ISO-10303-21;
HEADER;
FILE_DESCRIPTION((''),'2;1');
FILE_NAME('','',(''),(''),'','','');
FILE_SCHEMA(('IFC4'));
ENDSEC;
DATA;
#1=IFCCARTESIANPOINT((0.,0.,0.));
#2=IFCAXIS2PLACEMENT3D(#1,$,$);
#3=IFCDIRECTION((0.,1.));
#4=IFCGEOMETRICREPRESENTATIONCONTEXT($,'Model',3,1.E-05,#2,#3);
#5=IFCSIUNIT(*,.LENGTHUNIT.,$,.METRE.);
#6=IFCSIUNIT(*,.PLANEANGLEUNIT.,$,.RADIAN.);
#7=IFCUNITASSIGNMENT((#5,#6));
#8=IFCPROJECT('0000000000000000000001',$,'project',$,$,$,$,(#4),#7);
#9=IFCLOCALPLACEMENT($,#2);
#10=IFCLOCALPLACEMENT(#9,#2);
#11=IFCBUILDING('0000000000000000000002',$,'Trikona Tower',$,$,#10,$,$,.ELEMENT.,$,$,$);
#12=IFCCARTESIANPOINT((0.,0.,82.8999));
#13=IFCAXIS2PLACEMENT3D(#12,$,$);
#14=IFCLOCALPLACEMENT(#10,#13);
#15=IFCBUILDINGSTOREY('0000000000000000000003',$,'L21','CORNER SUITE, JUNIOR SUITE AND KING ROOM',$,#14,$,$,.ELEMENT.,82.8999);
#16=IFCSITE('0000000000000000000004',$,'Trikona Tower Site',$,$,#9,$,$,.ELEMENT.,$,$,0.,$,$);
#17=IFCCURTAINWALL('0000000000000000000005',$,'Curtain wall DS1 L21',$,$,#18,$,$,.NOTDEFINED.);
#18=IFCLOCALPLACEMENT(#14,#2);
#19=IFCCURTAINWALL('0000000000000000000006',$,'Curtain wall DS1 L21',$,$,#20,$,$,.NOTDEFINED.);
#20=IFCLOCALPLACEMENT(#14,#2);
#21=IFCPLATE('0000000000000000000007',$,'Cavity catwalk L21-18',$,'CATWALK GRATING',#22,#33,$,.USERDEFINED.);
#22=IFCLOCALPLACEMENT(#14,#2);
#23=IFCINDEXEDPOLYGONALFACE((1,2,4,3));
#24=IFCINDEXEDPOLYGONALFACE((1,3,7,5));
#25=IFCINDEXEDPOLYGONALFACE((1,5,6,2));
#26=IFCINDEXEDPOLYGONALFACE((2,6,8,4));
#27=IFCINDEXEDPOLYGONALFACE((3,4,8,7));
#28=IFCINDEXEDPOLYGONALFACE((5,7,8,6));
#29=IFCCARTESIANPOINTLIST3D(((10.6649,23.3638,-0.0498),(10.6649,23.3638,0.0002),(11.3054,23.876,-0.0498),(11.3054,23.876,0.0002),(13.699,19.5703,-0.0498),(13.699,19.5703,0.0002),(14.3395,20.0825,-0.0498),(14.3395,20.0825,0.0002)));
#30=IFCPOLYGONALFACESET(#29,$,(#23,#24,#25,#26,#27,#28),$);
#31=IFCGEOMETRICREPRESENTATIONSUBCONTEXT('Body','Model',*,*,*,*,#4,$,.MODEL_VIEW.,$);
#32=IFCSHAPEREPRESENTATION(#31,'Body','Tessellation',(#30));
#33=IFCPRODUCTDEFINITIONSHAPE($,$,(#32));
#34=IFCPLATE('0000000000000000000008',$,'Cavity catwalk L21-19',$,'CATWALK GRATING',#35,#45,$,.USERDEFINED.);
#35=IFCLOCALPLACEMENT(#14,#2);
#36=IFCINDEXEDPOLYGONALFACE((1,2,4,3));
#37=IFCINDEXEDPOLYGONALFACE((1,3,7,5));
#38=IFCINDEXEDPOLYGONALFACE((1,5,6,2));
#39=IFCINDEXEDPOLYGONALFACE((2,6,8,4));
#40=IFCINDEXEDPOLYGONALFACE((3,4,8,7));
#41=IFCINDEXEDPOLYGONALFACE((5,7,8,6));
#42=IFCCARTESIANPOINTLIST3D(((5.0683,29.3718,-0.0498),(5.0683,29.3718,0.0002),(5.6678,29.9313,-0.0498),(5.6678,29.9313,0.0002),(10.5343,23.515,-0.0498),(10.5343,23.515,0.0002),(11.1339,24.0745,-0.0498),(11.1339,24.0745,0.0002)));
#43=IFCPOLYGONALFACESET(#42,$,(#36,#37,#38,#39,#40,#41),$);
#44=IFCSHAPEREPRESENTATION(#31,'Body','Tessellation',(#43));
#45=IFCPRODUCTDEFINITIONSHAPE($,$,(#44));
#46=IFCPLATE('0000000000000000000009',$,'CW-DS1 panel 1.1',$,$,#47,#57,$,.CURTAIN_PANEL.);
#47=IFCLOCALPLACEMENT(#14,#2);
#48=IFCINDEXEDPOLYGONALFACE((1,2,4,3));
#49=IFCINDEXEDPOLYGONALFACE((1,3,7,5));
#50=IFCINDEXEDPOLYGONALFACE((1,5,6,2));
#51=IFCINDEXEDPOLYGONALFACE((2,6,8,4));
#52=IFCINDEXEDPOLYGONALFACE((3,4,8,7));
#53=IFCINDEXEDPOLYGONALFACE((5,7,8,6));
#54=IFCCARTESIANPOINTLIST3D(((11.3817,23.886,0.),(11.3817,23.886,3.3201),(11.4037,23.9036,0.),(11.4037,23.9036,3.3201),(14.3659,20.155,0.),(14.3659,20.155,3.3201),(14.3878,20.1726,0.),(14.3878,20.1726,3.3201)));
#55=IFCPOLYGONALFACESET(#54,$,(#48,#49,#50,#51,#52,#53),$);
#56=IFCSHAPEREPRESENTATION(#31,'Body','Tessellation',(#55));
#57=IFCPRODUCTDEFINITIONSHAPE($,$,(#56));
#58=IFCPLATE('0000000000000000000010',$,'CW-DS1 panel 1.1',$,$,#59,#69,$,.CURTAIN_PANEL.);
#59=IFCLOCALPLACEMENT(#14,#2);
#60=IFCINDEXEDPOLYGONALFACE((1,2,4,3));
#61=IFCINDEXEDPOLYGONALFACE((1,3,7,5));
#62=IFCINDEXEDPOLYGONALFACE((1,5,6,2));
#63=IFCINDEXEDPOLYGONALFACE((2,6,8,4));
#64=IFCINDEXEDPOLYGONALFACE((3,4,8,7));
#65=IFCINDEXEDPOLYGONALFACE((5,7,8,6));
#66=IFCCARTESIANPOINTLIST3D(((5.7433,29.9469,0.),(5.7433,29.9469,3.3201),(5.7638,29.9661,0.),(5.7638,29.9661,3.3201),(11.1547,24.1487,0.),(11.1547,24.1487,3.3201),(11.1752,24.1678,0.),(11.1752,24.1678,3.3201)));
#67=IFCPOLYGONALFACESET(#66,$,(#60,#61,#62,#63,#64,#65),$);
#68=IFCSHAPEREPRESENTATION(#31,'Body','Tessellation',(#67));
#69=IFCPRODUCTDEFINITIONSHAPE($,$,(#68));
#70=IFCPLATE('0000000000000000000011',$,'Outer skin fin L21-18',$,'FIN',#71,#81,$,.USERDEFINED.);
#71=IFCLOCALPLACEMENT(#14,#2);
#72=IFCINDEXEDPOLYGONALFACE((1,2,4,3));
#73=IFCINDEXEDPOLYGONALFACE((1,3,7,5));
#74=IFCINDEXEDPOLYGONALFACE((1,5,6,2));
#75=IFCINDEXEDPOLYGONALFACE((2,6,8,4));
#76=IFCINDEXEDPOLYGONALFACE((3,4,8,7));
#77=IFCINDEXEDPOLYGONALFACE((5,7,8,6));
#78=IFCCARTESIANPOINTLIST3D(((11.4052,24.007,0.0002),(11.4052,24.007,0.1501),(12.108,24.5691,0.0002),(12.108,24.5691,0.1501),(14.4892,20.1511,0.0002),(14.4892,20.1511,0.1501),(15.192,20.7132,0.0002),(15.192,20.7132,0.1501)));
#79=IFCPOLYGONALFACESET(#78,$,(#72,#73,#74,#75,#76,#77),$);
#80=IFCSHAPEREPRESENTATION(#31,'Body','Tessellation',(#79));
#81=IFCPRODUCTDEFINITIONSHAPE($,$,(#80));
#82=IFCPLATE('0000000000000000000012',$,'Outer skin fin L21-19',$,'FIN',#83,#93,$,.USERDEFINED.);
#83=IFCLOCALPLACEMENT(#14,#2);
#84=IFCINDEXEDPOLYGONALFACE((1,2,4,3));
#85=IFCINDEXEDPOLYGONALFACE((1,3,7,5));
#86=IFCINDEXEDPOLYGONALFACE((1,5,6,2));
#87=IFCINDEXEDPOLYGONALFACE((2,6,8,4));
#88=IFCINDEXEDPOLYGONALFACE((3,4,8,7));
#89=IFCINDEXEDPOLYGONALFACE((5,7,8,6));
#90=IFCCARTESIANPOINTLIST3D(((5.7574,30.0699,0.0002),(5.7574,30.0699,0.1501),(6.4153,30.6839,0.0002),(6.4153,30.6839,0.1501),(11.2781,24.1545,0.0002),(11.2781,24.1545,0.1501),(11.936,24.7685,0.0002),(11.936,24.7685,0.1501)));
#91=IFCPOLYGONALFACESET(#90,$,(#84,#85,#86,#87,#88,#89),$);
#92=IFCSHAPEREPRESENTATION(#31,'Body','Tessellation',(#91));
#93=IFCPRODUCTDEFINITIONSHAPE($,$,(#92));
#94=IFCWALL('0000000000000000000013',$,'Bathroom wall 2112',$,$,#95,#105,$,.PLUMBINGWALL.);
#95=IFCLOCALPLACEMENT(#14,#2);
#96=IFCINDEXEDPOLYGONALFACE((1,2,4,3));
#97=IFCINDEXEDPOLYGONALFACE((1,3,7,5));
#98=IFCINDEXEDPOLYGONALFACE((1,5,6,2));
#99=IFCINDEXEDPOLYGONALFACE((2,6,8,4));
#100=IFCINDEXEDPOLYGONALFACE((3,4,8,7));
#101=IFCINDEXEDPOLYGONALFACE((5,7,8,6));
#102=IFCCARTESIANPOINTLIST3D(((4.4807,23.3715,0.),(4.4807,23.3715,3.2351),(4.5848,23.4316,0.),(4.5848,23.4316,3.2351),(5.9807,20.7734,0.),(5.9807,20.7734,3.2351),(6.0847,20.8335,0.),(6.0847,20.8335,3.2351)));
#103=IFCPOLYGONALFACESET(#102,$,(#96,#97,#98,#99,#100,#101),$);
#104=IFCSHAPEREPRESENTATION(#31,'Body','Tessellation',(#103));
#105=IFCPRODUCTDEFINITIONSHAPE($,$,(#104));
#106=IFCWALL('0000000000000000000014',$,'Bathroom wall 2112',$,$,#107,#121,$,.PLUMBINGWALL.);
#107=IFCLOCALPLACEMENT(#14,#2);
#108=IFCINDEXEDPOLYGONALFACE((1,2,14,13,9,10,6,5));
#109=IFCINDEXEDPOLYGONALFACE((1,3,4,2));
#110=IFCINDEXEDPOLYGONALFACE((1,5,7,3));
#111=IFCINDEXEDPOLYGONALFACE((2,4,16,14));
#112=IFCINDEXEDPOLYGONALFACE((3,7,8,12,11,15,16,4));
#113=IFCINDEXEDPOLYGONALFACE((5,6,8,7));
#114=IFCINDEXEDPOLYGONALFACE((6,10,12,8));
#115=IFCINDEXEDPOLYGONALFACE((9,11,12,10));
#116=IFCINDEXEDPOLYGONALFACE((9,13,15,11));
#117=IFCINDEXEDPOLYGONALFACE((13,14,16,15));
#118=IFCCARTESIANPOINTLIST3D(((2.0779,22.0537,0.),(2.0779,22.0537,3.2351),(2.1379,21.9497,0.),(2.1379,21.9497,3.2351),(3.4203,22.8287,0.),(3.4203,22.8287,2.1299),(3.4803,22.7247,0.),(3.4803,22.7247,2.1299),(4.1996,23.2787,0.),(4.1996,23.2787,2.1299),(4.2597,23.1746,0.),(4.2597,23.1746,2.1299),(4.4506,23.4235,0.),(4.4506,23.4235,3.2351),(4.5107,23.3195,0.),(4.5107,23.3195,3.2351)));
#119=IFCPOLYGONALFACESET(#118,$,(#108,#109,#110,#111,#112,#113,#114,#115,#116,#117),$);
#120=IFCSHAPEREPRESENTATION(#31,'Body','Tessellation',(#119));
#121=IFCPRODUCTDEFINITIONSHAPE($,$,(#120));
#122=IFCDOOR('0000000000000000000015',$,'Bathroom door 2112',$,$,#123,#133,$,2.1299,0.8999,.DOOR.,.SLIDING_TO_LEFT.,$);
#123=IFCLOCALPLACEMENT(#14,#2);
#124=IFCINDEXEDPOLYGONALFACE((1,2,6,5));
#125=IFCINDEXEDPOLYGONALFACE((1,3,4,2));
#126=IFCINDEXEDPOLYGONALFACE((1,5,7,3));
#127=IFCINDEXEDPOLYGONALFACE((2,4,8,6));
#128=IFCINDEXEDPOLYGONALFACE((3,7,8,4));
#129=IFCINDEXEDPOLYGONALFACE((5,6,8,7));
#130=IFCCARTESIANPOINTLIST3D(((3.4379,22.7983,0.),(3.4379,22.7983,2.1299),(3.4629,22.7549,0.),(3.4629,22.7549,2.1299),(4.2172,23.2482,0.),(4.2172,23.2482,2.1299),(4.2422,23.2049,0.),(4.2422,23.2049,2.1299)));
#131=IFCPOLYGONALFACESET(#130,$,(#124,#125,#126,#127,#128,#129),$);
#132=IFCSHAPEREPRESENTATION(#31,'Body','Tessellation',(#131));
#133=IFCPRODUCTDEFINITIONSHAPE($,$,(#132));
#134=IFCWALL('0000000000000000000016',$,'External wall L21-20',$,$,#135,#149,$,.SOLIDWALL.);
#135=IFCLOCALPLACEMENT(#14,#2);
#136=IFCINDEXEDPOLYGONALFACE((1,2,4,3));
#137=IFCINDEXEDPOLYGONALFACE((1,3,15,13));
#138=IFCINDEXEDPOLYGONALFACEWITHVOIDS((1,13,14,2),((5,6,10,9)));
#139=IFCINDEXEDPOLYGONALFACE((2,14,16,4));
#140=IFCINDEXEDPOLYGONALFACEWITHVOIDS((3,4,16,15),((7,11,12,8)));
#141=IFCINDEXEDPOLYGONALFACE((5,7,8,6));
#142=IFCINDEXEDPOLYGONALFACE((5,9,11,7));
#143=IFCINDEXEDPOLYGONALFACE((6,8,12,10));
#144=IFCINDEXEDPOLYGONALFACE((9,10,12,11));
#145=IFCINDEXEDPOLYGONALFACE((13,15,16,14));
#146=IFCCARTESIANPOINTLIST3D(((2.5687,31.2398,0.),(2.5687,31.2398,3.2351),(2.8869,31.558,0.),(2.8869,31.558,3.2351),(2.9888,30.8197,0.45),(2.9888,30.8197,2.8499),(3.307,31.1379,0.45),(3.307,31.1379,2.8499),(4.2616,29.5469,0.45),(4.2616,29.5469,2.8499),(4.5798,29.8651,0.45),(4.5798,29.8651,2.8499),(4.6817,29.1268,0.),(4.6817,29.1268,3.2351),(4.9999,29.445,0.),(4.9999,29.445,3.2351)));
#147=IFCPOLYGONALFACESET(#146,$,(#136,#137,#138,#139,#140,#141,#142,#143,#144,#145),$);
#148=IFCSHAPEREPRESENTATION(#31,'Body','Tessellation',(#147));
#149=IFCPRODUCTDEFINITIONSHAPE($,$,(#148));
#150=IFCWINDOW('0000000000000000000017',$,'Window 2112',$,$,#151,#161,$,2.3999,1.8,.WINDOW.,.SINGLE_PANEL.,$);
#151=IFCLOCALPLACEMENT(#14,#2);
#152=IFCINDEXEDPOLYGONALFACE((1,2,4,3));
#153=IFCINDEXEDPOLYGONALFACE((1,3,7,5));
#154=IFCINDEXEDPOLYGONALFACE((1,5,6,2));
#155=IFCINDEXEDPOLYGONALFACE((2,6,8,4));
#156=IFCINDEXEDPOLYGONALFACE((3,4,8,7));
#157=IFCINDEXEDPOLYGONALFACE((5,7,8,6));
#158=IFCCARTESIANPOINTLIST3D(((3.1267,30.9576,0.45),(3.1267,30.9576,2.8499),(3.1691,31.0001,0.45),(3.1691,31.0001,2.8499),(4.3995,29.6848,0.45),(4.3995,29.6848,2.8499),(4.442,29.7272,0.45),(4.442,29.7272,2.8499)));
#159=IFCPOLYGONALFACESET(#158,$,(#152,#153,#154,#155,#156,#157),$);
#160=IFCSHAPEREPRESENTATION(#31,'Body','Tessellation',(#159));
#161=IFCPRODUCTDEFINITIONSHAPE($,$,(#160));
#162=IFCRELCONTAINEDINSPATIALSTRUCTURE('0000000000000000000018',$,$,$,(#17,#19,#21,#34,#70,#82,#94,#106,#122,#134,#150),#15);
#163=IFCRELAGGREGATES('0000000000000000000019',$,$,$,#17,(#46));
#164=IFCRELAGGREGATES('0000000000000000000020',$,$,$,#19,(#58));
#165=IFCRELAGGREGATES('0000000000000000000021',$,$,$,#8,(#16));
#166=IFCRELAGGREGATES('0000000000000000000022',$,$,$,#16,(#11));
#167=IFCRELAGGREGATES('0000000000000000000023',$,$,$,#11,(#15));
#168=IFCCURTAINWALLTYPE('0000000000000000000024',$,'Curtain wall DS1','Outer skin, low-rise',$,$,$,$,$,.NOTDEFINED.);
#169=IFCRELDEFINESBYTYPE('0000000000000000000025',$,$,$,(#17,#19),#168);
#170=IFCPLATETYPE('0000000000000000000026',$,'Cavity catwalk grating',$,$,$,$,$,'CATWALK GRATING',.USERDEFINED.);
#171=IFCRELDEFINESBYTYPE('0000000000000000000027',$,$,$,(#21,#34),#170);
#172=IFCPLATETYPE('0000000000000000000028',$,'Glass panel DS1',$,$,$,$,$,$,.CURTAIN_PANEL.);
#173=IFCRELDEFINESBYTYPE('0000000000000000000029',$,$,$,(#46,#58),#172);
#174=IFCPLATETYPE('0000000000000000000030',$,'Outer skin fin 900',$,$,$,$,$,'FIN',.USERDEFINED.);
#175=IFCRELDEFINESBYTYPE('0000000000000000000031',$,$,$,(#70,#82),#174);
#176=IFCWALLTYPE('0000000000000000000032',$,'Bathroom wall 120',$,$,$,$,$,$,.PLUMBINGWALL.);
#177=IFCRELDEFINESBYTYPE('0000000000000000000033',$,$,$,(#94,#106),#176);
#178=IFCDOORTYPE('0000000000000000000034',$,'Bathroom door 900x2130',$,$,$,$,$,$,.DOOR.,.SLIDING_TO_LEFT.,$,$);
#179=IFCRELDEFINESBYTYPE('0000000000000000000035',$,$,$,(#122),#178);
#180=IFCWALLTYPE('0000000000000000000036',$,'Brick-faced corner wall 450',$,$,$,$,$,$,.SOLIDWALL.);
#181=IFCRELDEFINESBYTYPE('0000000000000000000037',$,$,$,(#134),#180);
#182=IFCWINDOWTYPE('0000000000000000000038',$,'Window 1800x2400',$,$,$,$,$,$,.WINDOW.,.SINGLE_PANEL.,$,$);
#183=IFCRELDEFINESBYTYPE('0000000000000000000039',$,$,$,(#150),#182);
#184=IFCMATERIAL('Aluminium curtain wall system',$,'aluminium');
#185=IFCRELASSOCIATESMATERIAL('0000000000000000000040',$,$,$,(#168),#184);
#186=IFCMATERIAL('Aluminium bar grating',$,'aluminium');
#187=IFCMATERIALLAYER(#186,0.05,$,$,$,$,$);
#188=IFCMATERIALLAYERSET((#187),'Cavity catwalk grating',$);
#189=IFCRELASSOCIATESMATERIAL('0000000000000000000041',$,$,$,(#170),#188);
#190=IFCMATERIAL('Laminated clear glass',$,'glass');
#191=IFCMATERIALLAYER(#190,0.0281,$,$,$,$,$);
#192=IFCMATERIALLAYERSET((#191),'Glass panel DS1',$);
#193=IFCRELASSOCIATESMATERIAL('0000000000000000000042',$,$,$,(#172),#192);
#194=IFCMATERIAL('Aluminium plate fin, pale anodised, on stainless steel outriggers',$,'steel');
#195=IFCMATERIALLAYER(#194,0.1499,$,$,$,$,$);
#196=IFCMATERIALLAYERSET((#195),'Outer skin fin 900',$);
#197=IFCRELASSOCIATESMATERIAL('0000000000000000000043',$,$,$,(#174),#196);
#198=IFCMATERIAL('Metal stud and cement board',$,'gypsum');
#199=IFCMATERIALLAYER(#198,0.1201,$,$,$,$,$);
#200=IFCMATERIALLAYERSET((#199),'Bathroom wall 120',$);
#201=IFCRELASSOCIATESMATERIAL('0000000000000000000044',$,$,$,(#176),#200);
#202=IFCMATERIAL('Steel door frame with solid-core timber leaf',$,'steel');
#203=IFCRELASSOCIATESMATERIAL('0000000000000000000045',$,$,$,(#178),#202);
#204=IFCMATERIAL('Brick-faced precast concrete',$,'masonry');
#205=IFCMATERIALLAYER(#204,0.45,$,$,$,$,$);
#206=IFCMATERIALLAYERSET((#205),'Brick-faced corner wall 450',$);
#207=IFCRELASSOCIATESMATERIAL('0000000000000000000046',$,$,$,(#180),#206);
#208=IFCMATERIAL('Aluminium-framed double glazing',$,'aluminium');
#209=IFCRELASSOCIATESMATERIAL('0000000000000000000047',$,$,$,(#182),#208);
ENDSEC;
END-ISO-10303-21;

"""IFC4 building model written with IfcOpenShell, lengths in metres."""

from ifc_helpers import new_model, si_unit, direction, frame, frame_2d, origin, origin_2d, place, context, subcontext, project, spatial, rectangle, extrude, material, layer, layer_set, type_object, element, fill, aggregate, save


model = new_model("IFC4")

# Units and contexts
model_context = context("Model", 3, precision=1e-05, world=origin(), true_north=direction((0.0, 1.0)))
body_context = subcontext(model_context, "Body", "Model", "MODEL_VIEW")
ifc_project = project(units=[si_unit("LENGTHUNIT", "METRE"), si_unit("PLANEANGLEUNIT", "RADIAN")], contexts=[model_context])

# Site, building, storey
site_placement = place(None, origin())
site = spatial("IfcSite", under=ifc_project, at=site_placement, Name="Trikona Tower Site", CompositionType="ELEMENT", RefElevation=0.0)
building_placement = place(site_placement, origin())
building = spatial("IfcBuilding", under=site, at=building_placement, Name="Trikona Tower", CompositionType="ELEMENT")
storey_placement = place(building_placement, frame((0.0, 0.0, 82.8999)))
storey = spatial("IfcBuildingStorey", under=building, at=storey_placement, Name="L21", Description="CORNER SUITE, JUNIOR SUITE AND KING ROOM", CompositionType="ELEMENT", Elevation=82.8999)

# Curtain wall
ifc_material_1 = material(Name="Aluminium curtain wall system", Category="aluminium")
curtain_wall_type = type_object("IfcCurtainWallType", Name="Curtain wall DS1", Description="Outer skin, low-rise", PredefinedType="NOTDEFINED", material=ifc_material_1)
curtain_wall_1_placement = place(storey_placement, origin())
curtain_wall_1 = element("IfcCurtainWall", 1, at=curtain_wall_1_placement, inside=storey, type_object=curtain_wall_type, Name="Curtain wall DS1 L21", PredefinedType="NOTDEFINED")

# Curtain wall
curtain_wall_2_placement = place(storey_placement, origin())
curtain_wall_2 = element("IfcCurtainWall", 2, at=curtain_wall_2_placement, inside=storey, type_object=curtain_wall_type, Name="Curtain wall DS1 L21", PredefinedType="NOTDEFINED")

# Plates
ifc_material_2 = material(Name="Aluminium bar grating", Category="aluminium")
ifc_layer_1 = layer(ifc_material_2, 0.05)
ifc_layer_set_1 = layer_set([ifc_layer_1], Name="Cavity catwalk grating")
plate_type_1 = type_object("IfcPlateType", Name="Cavity catwalk grating", ElementType="CATWALK GRATING", PredefinedType="USERDEFINED", material=ifc_layer_set_1)
plate_1_placement = place(storey_placement, frame((12.5022, 21.7231, -0.0498), z_axis=(0.0, 0.0, 1.0), x_axis=(-0.624604, 0.780942, 0.0)))
element("IfcPlate", 3, at=plate_1_placement, inside=storey, type_object=plate_type_1, Name="Cavity catwalk L21-18", ObjectType="CATWALK GRATING", PredefinedType="USERDEFINED", context=body_context, shape_type="SweptSolid", body=[
    extrude(rectangle(XDim=4.8577, YDim=0.8201, at=origin_2d()), origin(), (0.0, 0.0, 1.0), 0.05),
])
plate_2_placement = place(storey_placement, frame((8.1011, 26.7231, -0.0498), z_axis=(0.0, 0.0, 1.0), x_axis=(-0.682298, 0.731074, 0.0)))
element("IfcPlate", 4, at=plate_2_placement, inside=storey, type_object=plate_type_1, Name="Cavity catwalk L21-19", ObjectType="CATWALK GRATING", PredefinedType="USERDEFINED", context=body_context, shape_type="SweptSolid", body=[
    extrude(rectangle(XDim=8.0112, YDim=0.8201, at=origin_2d()), origin(), (0.0, 0.0, 1.0), 0.05),
])

# Plates
ifc_material_3 = material(Name="Laminated clear glass", Category="glass")
ifc_layer_2 = layer(ifc_material_3, 0.0281)
ifc_layer_set_2 = layer_set([ifc_layer_2], Name="Glass panel DS1")
plate_type_2 = type_object("IfcPlateType", Name="Glass panel DS1", PredefinedType="CURTAIN_PANEL", material=ifc_layer_set_2)
plate_3_placement = place(storey_placement, frame((12.8848, 22.0293, 0.0), z_axis=(0.0, 0.0, 1.0), x_axis=(-0.624609, 0.780938, 0.0)))
plate_3 = element("IfcPlate", 5, at=plate_3_placement, type_object=plate_type_2, Name="CW-DS1 panel 1.1", PredefinedType="CURTAIN_PANEL", context=body_context, shape_type="SweptSolid", body=[
    extrude(rectangle(XDim=4.7776, YDim=0.0281, at=origin_2d()), origin(), (0.0, 0.0, 1.0), 3.3201),
])
aggregate(curtain_wall_1, [plate_3])
plate_4_placement = place(storey_placement, frame((8.4592, 27.0574, 0.0), z_axis=(0.0, 0.0, 1.0), x_axis=(-0.682295, 0.731077, 0.0)))
plate_4 = element("IfcPlate", 6, at=plate_4_placement, type_object=plate_type_2, Name="CW-DS1 panel 1.1", PredefinedType="CURTAIN_PANEL", context=body_context, shape_type="SweptSolid", body=[
    extrude(rectangle(XDim=7.9312, YDim=0.0281, at=origin_2d()), origin(), (0.0, 0.0, 1.0), 3.3201),
])
aggregate(curtain_wall_2, [plate_4])

# Plates
ifc_material_4 = material(Name="Aluminium plate fin, pale anodised, on stainless steel outriggers", Category="steel")
ifc_layer_3 = layer(ifc_material_4, 0.1499)
ifc_layer_set_3 = layer_set([ifc_layer_3], Name="Outer skin fin 900")
plate_type_3 = type_object("IfcPlateType", Name="Outer skin fin 900", ElementType="FIN", PredefinedType="USERDEFINED", material=ifc_layer_set_3)
plate_5_placement = place(storey_placement, frame((13.2986, 22.3601, 0.0002), z_axis=(0.0, 0.0, 1.0), x_axis=(-0.624604, 0.780942, 0.0)))
element("IfcPlate", 7, at=plate_5_placement, inside=storey, type_object=plate_type_3, Name="Outer skin fin L21-18", ObjectType="FIN", PredefinedType="USERDEFINED", context=body_context, shape_type="SweptSolid", body=[
    extrude(rectangle(XDim=4.9375, YDim=0.8999, at=origin_2d()), origin(), (0.0, 0.0, 1.0), 0.1499),
])
plate_6_placement = place(storey_placement, frame((8.8467, 27.4192, 0.0002), z_axis=(0.0, 0.0, 1.0), x_axis=(-0.682298, 0.731074, 0.0)))
element("IfcPlate", 8, at=plate_6_placement, inside=storey, type_object=plate_type_3, Name="Outer skin fin L21-19", ObjectType="FIN", PredefinedType="USERDEFINED", context=body_context, shape_type="SweptSolid", body=[
    extrude(rectangle(XDim=8.0913, YDim=0.8999, at=origin_2d()), origin(), (0.0, 0.0, 1.0), 0.1499),
])

# Wall
ifc_material_5 = material(Name="Metal stud and cement board", Category="gypsum")
ifc_layer_4 = layer(ifc_material_5, 0.1201)
ifc_layer_set_4 = layer_set([ifc_layer_4], Name="Bathroom wall 120")
wall_type_1 = type_object("IfcWallType", Name="Bathroom wall 120", PredefinedType="PLUMBINGWALL", material=ifc_layer_set_4)
wall_1_placement = place(storey_placement, frame((6.0327, 20.8035, 0.0), z_axis=(0.0, 0.0, 1.0), x_axis=(-0.49999, 0.866031, 0.0)))
element("IfcWall", 9, at=wall_1_placement, inside=storey, type_object=wall_type_1, Name="Bathroom wall 2112", PredefinedType="PLUMBINGWALL", context=body_context, shape_type="SweptSolid", body=[
    extrude(rectangle(XDim=3.0, YDim=0.1201, at=frame_2d((1.5, 0.0))), origin(), (0.0, 0.0, 1.0), 3.2351),
])

# Wall, opening, door
wall_2_placement = place(storey_placement, frame((2.1079, 22.0017, 0.0), z_axis=(0.0, 0.0, 1.0), x_axis=(0.866036, 0.499982, 0.0)))
wall_2 = element("IfcWall", 10, at=wall_2_placement, inside=storey, type_object=wall_type_1, Name="Bathroom wall 2112", PredefinedType="PLUMBINGWALL", context=body_context, shape_type="SweptSolid", body=[
    extrude(rectangle(XDim=2.7397, YDim=0.1201, at=frame_2d((1.3699, 0.0))), origin(), (0.0, 0.0, 1.0), 3.2351),
])
opening_1_placement = place(wall_2_placement, frame((1.55, 0.0, 0.0)))
opening_1 = element("IfcOpeningElement", 11, at=opening_1_placement, cuts=wall_2, PredefinedType="OPENING", context=body_context, shape_type="SweptSolid", body=[
    extrude(rectangle(XDim=0.8999, YDim=2.1299, at=frame_2d((0.45, 1.0649))), frame((0.0, 0.0701, 0.0), z_axis=(0.0, -1.0, 0.0), x_axis=(1.0, 0.0, 0.0)), (0.0, 0.0, 1.0), 0.1401),
])
ifc_material_6 = material(Name="Steel door frame with solid-core timber leaf", Category="steel")
door_type = type_object("IfcDoorType", Name="Bathroom door 900x2130", OperationType="SLIDING_TO_LEFT", PredefinedType="DOOR", material=ifc_material_6)
door_placement = place(opening_1_placement, origin())
door = element("IfcDoor", 12, at=door_placement, inside=storey, type_object=door_type, Name="Bathroom door 2112", OperationType="SLIDING_TO_LEFT", OverallHeight=2.1299, OverallWidth=0.8999, PredefinedType="DOOR", context=body_context, shape_type="SweptSolid", body=[
    extrude(rectangle(XDim=0.8999, YDim=2.1299, at=frame_2d((0.45, 1.0649))), frame((0.0, 0.0249, 0.0), z_axis=(0.0, -1.0, 0.0), x_axis=(1.0, 0.0, 0.0)), (0.0, 0.0, 1.0), 0.05),
])
fill(opening_1, door)

# Wall, opening, window
ifc_material_7 = material(Name="Brick-faced precast concrete", Category="masonry")
ifc_layer_5 = layer(ifc_material_7, 0.45)
ifc_layer_set_5 = layer_set([ifc_layer_5], Name="Brick-faced corner wall 450")
wall_type_2 = type_object("IfcWallType", Name="Brick-faced corner wall 450", PredefinedType="SOLIDWALL", material=ifc_layer_set_5)
wall_3_placement = place(storey_placement, frame((4.8408, 29.2859, 0.0), z_axis=(0.0, 0.0, 1.0), x_axis=(-0.707107, 0.707107, 0.0)))
wall_3 = element("IfcWall", 13, at=wall_3_placement, inside=storey, type_object=wall_type_2, Name="External wall L21-20", PredefinedType="SOLIDWALL", context=body_context, shape_type="SweptSolid", body=[
    extrude(rectangle(XDim=2.9883, YDim=0.45, at=frame_2d((1.4941, 0.0))), origin(), (0.0, 0.0, 1.0), 3.2351),
])
opening_2_placement = place(wall_3_placement, frame((0.5942, 0.0, 0.45)))
opening_2 = element("IfcOpeningElement", 14, at=opening_2_placement, cuts=wall_3, PredefinedType="OPENING", context=body_context, shape_type="SweptSolid", body=[
    extrude(rectangle(XDim=1.8, YDim=2.3999, at=frame_2d((0.8999, 1.2))), frame((0.0, 0.2349, 0.0), z_axis=(0.0, -1.0, 0.0), x_axis=(1.0, 0.0, 0.0)), (0.0, 0.0, 1.0), 0.47),
])
ifc_material_8 = material(Name="Aluminium-framed double glazing", Category="aluminium")
window_type_1 = type_object("IfcWindowType", Name="Window 1800x2400", PartitioningType="SINGLE_PANEL", PredefinedType="WINDOW", material=ifc_material_8)
window_1_placement = place(opening_2_placement, origin())
window_1 = element("IfcWindow", 15, at=window_1_placement, inside=storey, type_object=window_type_1, Name="Window 2112", OverallHeight=2.3999, OverallWidth=1.8, PartitioningType="SINGLE_PANEL", PredefinedType="WINDOW", context=body_context, shape_type="SweptSolid", body=[
    extrude(rectangle(XDim=1.8, YDim=2.3999, at=frame_2d((0.8999, 1.2))), frame((0.0, 0.03, 0.0), z_axis=(0.0, -1.0, 0.0), x_axis=(1.0, 0.0, 0.0)), (0.0, 0.0, 1.0), 0.0601),
])
fill(opening_2, window_1)

save(model, "model.ifc")
